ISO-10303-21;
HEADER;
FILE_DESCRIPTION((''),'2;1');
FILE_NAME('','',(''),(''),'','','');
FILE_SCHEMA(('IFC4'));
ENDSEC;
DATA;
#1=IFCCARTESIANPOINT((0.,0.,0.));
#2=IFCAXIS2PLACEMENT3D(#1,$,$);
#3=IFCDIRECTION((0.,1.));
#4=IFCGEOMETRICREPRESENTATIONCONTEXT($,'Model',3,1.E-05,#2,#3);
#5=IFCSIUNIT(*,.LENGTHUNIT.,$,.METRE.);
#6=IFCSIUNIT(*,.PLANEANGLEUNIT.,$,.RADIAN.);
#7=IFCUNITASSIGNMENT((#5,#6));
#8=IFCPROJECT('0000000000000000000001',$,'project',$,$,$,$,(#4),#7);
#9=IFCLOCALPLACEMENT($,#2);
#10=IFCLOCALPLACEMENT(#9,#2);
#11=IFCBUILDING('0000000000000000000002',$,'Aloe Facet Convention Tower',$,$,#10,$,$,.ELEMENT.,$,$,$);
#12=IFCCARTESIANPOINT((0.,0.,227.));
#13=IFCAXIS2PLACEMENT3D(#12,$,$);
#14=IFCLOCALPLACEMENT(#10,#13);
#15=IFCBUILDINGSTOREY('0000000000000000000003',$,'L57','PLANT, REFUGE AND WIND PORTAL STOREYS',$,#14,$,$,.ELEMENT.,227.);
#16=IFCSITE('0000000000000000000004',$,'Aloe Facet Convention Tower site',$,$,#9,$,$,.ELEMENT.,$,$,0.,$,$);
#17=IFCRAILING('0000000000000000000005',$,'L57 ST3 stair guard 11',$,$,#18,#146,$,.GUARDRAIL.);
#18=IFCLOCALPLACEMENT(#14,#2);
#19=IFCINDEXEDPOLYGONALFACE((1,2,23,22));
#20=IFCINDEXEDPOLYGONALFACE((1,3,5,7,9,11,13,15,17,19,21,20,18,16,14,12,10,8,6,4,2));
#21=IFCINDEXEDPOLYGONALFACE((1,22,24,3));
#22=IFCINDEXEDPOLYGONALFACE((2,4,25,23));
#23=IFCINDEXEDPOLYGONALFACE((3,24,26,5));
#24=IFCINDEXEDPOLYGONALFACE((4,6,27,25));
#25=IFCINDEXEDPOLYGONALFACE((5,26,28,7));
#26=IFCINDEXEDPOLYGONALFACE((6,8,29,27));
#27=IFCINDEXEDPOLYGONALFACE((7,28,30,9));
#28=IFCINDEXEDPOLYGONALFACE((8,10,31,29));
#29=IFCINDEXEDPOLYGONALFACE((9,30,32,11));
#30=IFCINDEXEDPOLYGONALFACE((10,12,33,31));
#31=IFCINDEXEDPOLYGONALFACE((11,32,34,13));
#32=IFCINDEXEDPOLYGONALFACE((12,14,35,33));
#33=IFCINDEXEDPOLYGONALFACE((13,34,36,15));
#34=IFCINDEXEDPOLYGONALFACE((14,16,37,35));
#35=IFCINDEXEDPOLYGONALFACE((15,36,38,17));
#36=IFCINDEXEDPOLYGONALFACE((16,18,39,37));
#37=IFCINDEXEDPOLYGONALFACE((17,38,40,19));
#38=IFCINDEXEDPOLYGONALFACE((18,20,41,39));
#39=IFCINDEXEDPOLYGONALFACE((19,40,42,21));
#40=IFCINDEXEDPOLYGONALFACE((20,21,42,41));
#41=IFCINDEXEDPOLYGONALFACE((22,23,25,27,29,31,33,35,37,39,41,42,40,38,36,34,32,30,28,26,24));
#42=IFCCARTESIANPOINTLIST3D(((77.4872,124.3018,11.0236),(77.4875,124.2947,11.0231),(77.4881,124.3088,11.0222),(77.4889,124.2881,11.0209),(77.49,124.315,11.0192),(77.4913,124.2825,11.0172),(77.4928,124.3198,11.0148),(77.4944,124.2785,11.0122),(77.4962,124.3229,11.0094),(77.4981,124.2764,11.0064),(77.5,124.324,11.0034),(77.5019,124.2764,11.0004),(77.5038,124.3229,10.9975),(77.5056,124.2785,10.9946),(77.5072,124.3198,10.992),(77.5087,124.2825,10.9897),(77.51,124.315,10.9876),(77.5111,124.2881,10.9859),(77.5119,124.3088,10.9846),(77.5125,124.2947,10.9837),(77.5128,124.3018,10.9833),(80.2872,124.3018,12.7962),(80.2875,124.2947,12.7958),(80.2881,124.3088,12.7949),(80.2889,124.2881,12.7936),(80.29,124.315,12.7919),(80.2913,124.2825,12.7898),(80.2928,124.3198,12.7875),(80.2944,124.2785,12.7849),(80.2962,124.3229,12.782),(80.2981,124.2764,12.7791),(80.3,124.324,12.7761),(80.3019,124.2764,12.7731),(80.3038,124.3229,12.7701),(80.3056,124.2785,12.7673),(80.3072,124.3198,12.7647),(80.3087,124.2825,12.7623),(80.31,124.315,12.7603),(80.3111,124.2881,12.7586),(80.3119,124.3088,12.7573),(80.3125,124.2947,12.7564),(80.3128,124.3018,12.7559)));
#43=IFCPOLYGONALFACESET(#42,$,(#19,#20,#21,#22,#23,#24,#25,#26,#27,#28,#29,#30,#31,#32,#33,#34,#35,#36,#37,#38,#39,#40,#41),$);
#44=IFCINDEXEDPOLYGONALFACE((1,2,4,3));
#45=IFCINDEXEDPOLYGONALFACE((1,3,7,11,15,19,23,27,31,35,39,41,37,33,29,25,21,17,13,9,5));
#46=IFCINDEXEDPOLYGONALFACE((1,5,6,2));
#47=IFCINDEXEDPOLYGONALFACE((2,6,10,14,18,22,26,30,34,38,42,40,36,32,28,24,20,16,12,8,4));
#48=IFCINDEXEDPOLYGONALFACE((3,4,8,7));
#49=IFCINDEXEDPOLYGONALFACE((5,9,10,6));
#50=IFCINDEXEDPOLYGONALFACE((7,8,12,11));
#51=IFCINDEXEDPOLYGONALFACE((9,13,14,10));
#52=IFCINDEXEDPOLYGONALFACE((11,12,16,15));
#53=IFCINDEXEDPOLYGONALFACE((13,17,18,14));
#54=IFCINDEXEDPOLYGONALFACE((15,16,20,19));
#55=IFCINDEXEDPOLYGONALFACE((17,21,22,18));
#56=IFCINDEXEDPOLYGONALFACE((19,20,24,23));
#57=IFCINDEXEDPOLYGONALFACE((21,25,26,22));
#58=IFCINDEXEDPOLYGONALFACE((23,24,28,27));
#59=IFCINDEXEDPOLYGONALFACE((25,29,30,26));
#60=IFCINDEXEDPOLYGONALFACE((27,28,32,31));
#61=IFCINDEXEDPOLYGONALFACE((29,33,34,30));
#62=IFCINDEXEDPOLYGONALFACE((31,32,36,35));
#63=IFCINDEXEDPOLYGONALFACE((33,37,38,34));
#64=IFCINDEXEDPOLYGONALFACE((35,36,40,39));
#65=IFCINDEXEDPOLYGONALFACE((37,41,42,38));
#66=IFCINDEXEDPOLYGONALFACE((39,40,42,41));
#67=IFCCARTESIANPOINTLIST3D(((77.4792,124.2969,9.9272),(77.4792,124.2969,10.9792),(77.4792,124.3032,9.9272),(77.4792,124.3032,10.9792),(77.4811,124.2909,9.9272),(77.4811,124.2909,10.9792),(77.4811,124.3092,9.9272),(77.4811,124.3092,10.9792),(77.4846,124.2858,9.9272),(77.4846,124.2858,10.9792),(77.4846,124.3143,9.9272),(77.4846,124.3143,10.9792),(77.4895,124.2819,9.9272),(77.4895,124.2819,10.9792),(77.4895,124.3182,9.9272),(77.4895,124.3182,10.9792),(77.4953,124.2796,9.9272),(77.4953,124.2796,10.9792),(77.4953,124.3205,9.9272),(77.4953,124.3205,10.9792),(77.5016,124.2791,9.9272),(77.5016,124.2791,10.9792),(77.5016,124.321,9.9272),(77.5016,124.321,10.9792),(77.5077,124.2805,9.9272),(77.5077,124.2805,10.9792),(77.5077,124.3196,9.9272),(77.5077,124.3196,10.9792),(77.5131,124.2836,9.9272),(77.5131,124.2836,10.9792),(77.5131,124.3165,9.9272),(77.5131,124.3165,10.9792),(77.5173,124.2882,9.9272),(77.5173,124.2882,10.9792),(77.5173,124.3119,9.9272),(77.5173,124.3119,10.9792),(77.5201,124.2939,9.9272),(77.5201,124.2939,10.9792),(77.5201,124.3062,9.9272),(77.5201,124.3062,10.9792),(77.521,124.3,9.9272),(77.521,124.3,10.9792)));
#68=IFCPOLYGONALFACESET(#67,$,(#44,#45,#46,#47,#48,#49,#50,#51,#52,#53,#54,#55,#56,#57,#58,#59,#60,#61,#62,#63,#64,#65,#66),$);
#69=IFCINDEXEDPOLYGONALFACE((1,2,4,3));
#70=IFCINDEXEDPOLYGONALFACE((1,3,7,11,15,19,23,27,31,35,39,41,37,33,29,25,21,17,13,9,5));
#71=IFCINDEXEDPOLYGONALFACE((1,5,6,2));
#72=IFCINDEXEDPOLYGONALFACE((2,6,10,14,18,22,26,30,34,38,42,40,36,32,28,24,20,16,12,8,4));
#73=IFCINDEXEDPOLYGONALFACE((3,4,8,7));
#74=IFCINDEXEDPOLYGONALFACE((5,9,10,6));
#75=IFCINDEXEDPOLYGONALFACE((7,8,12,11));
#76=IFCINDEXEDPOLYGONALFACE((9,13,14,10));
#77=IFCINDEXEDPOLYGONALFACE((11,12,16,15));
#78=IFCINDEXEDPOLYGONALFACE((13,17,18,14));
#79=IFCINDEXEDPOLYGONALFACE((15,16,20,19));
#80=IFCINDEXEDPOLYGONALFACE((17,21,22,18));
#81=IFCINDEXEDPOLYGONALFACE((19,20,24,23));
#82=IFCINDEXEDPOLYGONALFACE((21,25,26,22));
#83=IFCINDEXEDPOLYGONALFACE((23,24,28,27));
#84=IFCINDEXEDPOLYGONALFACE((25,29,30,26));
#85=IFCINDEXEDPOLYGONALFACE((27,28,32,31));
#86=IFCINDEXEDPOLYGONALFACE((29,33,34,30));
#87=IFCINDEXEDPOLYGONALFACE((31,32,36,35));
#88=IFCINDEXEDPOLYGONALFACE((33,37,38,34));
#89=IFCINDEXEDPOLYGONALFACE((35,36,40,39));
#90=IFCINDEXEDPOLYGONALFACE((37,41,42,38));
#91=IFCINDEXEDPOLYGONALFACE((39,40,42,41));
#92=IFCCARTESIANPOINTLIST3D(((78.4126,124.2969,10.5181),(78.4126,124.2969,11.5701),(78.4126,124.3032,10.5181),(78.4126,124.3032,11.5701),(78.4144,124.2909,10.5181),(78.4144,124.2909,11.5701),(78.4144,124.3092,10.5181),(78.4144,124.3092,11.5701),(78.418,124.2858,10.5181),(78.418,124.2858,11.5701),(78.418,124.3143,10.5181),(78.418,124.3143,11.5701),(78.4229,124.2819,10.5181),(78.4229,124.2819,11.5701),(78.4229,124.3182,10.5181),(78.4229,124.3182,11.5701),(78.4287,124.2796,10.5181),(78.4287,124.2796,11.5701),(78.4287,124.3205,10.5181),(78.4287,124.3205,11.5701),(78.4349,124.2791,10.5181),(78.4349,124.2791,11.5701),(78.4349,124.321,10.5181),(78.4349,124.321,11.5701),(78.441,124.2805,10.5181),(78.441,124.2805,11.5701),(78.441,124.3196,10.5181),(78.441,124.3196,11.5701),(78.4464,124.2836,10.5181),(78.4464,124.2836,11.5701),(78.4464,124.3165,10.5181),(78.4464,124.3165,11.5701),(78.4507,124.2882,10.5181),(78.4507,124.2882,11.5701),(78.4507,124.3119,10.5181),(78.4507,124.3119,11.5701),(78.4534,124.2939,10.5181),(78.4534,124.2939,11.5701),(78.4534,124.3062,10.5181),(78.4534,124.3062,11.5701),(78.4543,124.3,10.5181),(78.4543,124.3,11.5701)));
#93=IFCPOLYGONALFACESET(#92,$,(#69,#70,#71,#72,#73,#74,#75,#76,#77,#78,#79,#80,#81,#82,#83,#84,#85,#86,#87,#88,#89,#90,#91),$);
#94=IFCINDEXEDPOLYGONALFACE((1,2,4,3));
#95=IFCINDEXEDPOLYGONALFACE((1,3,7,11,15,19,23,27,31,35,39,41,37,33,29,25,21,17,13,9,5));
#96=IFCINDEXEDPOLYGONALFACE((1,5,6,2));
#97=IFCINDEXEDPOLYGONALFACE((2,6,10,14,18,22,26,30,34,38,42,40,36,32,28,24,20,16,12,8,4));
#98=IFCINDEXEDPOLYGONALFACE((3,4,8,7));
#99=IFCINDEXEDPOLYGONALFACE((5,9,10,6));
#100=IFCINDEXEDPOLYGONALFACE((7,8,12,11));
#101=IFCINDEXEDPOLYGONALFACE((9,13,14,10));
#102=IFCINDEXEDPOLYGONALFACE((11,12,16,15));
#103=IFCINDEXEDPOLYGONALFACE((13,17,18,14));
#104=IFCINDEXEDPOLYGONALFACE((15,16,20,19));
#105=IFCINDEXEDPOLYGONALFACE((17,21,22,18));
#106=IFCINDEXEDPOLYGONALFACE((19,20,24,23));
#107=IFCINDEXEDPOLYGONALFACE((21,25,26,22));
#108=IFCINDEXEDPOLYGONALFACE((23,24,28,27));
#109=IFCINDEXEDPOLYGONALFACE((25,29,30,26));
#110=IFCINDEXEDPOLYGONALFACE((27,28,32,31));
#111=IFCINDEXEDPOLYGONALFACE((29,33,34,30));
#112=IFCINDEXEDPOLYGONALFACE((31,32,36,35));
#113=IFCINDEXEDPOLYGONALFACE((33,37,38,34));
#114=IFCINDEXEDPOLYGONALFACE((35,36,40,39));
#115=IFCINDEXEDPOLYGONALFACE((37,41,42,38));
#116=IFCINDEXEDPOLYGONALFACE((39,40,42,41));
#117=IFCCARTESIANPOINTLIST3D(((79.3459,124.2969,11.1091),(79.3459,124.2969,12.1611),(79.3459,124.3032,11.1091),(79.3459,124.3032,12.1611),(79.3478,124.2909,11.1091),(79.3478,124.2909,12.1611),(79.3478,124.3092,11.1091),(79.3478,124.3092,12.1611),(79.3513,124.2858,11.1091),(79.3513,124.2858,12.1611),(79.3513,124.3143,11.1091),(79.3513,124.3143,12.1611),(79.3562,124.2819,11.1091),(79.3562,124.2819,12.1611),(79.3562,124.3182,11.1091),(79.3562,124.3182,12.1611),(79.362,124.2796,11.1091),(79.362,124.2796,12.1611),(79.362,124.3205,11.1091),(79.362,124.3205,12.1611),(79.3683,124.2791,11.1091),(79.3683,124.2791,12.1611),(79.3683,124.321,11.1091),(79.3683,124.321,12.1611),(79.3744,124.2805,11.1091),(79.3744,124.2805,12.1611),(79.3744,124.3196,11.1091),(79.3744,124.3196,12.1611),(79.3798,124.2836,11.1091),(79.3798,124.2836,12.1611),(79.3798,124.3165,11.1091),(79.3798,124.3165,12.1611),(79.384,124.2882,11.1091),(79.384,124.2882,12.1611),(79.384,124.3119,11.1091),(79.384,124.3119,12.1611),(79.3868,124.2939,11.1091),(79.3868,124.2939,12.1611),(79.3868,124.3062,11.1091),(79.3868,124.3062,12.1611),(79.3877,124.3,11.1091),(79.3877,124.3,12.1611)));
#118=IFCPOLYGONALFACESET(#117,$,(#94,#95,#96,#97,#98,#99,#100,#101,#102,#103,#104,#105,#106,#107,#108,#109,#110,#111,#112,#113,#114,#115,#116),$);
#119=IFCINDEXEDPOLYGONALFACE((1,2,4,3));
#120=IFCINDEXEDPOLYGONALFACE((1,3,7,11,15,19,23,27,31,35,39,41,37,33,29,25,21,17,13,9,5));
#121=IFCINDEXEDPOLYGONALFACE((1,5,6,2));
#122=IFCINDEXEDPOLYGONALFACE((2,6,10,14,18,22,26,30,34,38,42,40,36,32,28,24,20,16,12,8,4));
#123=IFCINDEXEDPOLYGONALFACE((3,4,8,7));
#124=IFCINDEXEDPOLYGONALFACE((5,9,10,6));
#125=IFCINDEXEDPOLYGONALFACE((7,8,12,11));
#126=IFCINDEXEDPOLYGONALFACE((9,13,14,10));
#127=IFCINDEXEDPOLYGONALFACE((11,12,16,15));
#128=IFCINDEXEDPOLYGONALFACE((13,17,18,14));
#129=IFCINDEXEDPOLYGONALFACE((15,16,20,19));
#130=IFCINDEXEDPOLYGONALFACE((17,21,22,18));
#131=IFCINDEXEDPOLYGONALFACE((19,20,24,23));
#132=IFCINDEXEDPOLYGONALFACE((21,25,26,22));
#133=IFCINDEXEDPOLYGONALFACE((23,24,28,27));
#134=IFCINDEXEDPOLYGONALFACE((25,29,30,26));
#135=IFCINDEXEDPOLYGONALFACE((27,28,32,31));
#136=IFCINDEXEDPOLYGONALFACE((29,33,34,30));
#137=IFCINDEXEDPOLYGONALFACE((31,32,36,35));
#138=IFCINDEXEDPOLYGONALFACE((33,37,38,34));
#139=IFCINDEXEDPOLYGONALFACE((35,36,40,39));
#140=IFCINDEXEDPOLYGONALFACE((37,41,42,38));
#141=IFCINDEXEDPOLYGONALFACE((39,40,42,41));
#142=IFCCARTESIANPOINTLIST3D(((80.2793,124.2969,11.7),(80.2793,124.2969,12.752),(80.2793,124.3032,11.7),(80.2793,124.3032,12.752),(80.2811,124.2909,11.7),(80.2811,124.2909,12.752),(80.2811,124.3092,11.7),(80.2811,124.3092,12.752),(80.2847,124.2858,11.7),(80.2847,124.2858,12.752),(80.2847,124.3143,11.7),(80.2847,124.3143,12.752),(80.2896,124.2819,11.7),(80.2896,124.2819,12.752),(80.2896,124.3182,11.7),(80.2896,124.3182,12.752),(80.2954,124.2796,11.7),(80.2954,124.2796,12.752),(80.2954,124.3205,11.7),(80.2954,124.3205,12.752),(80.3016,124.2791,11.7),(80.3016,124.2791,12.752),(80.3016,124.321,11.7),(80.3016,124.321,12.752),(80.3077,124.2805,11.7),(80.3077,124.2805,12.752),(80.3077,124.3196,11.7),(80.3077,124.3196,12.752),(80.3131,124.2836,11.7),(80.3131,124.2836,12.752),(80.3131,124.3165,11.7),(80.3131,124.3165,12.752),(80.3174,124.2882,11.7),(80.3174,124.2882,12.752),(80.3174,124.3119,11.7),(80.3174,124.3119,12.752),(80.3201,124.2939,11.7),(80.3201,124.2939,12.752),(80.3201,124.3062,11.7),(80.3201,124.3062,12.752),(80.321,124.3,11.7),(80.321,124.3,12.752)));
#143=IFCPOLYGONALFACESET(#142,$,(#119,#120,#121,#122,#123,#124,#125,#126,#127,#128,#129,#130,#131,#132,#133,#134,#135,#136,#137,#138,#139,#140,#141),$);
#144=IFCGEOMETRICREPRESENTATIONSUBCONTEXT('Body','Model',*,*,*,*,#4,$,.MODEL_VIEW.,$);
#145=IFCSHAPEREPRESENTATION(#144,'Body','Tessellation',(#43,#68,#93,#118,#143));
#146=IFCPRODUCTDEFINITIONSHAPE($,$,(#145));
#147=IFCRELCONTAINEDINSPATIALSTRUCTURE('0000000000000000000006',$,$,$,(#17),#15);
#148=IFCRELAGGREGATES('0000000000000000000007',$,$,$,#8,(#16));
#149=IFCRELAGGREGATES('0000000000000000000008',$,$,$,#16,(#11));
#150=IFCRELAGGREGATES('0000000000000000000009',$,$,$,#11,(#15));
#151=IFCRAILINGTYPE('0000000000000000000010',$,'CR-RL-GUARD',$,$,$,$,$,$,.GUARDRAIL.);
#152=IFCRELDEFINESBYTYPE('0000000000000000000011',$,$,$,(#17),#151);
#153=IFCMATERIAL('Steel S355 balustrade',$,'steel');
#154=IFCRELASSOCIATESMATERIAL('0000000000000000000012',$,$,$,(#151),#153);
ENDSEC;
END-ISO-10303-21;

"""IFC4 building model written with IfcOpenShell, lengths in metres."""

from ifc_helpers import new_model, si_unit, direction, frame, origin, origin_2d, place, context, subcontext, project, spatial, circle, extrude, material, type_object, element, save


model = new_model("IFC4")

# Units and contexts
model_context = context("Model", 3, precision=1e-05, world=origin(), true_north=direction((0.0, 1.0)))
body_context = subcontext(model_context, "Body", "Model", "MODEL_VIEW")
ifc_project = project(units=[si_unit("LENGTHUNIT", "METRE"), si_unit("PLANEANGLEUNIT", "RADIAN")], contexts=[model_context])

# Site, building, storey
site_placement = place(None, origin())
site = spatial("IfcSite", under=ifc_project, at=site_placement, Name="Aloe Facet Convention Tower site", CompositionType="ELEMENT", RefElevation=0.0)
building_placement = place(site_placement, origin())
building = spatial("IfcBuilding", under=site, at=building_placement, Name="Aloe Facet Convention Tower", CompositionType="ELEMENT")
storey_placement = place(building_placement, frame((0.0, 0.0, 227.0)))
storey = spatial("IfcBuildingStorey", under=building, at=storey_placement, Name="L57", Description="PLANT, REFUGE AND WIND PORTAL STOREYS", CompositionType="ELEMENT", Elevation=227.0)

# Railing
ifc_material_1 = material(Name="Steel S355 balustrade", Category="steel")
railing_type_1 = type_object("IfcRailingType", Name="CR-RL-GUARD", PredefinedType="GUARDRAIL", material=ifc_material_1)
railing_1_placement = place(storey_placement, frame((77.5, 124.3, 9.9272)))
element("IfcRailing", 1, at=railing_1_placement, inside=storey, type_object=railing_type_1, Name="L57 ST3 stair guard 11", PredefinedType="GUARDRAIL", context=body_context, shape_type="SweptSolid", body=[
    extrude(circle(Radius=0.0239, at=origin_2d()), frame((0.0, 0.0, 1.0762), z_axis=(0.844909, 0.0, 0.53491), x_axis=(0.0, 1.0, 0.0)), (0.0, 0.0, 1.0), 3.314),
    extrude(circle(Radius=0.021, at=origin_2d()), origin(), (0.0, 0.0, 1.0), 1.052),
    extrude(circle(Radius=0.021, at=origin_2d()), frame((0.9333, 0.0, 0.5908)), (0.0, 0.0, 1.0), 1.052),
    extrude(circle(Radius=0.021, at=origin_2d()), frame((1.8667, 0.0, 1.1819)), (0.0, 0.0, 1.0), 1.052),
    extrude(circle(Radius=0.021, at=origin_2d()), frame((2.8, 0.0, 1.7727)), (0.0, 0.0, 1.0), 1.052),
])

save(model, "model.ifc")
